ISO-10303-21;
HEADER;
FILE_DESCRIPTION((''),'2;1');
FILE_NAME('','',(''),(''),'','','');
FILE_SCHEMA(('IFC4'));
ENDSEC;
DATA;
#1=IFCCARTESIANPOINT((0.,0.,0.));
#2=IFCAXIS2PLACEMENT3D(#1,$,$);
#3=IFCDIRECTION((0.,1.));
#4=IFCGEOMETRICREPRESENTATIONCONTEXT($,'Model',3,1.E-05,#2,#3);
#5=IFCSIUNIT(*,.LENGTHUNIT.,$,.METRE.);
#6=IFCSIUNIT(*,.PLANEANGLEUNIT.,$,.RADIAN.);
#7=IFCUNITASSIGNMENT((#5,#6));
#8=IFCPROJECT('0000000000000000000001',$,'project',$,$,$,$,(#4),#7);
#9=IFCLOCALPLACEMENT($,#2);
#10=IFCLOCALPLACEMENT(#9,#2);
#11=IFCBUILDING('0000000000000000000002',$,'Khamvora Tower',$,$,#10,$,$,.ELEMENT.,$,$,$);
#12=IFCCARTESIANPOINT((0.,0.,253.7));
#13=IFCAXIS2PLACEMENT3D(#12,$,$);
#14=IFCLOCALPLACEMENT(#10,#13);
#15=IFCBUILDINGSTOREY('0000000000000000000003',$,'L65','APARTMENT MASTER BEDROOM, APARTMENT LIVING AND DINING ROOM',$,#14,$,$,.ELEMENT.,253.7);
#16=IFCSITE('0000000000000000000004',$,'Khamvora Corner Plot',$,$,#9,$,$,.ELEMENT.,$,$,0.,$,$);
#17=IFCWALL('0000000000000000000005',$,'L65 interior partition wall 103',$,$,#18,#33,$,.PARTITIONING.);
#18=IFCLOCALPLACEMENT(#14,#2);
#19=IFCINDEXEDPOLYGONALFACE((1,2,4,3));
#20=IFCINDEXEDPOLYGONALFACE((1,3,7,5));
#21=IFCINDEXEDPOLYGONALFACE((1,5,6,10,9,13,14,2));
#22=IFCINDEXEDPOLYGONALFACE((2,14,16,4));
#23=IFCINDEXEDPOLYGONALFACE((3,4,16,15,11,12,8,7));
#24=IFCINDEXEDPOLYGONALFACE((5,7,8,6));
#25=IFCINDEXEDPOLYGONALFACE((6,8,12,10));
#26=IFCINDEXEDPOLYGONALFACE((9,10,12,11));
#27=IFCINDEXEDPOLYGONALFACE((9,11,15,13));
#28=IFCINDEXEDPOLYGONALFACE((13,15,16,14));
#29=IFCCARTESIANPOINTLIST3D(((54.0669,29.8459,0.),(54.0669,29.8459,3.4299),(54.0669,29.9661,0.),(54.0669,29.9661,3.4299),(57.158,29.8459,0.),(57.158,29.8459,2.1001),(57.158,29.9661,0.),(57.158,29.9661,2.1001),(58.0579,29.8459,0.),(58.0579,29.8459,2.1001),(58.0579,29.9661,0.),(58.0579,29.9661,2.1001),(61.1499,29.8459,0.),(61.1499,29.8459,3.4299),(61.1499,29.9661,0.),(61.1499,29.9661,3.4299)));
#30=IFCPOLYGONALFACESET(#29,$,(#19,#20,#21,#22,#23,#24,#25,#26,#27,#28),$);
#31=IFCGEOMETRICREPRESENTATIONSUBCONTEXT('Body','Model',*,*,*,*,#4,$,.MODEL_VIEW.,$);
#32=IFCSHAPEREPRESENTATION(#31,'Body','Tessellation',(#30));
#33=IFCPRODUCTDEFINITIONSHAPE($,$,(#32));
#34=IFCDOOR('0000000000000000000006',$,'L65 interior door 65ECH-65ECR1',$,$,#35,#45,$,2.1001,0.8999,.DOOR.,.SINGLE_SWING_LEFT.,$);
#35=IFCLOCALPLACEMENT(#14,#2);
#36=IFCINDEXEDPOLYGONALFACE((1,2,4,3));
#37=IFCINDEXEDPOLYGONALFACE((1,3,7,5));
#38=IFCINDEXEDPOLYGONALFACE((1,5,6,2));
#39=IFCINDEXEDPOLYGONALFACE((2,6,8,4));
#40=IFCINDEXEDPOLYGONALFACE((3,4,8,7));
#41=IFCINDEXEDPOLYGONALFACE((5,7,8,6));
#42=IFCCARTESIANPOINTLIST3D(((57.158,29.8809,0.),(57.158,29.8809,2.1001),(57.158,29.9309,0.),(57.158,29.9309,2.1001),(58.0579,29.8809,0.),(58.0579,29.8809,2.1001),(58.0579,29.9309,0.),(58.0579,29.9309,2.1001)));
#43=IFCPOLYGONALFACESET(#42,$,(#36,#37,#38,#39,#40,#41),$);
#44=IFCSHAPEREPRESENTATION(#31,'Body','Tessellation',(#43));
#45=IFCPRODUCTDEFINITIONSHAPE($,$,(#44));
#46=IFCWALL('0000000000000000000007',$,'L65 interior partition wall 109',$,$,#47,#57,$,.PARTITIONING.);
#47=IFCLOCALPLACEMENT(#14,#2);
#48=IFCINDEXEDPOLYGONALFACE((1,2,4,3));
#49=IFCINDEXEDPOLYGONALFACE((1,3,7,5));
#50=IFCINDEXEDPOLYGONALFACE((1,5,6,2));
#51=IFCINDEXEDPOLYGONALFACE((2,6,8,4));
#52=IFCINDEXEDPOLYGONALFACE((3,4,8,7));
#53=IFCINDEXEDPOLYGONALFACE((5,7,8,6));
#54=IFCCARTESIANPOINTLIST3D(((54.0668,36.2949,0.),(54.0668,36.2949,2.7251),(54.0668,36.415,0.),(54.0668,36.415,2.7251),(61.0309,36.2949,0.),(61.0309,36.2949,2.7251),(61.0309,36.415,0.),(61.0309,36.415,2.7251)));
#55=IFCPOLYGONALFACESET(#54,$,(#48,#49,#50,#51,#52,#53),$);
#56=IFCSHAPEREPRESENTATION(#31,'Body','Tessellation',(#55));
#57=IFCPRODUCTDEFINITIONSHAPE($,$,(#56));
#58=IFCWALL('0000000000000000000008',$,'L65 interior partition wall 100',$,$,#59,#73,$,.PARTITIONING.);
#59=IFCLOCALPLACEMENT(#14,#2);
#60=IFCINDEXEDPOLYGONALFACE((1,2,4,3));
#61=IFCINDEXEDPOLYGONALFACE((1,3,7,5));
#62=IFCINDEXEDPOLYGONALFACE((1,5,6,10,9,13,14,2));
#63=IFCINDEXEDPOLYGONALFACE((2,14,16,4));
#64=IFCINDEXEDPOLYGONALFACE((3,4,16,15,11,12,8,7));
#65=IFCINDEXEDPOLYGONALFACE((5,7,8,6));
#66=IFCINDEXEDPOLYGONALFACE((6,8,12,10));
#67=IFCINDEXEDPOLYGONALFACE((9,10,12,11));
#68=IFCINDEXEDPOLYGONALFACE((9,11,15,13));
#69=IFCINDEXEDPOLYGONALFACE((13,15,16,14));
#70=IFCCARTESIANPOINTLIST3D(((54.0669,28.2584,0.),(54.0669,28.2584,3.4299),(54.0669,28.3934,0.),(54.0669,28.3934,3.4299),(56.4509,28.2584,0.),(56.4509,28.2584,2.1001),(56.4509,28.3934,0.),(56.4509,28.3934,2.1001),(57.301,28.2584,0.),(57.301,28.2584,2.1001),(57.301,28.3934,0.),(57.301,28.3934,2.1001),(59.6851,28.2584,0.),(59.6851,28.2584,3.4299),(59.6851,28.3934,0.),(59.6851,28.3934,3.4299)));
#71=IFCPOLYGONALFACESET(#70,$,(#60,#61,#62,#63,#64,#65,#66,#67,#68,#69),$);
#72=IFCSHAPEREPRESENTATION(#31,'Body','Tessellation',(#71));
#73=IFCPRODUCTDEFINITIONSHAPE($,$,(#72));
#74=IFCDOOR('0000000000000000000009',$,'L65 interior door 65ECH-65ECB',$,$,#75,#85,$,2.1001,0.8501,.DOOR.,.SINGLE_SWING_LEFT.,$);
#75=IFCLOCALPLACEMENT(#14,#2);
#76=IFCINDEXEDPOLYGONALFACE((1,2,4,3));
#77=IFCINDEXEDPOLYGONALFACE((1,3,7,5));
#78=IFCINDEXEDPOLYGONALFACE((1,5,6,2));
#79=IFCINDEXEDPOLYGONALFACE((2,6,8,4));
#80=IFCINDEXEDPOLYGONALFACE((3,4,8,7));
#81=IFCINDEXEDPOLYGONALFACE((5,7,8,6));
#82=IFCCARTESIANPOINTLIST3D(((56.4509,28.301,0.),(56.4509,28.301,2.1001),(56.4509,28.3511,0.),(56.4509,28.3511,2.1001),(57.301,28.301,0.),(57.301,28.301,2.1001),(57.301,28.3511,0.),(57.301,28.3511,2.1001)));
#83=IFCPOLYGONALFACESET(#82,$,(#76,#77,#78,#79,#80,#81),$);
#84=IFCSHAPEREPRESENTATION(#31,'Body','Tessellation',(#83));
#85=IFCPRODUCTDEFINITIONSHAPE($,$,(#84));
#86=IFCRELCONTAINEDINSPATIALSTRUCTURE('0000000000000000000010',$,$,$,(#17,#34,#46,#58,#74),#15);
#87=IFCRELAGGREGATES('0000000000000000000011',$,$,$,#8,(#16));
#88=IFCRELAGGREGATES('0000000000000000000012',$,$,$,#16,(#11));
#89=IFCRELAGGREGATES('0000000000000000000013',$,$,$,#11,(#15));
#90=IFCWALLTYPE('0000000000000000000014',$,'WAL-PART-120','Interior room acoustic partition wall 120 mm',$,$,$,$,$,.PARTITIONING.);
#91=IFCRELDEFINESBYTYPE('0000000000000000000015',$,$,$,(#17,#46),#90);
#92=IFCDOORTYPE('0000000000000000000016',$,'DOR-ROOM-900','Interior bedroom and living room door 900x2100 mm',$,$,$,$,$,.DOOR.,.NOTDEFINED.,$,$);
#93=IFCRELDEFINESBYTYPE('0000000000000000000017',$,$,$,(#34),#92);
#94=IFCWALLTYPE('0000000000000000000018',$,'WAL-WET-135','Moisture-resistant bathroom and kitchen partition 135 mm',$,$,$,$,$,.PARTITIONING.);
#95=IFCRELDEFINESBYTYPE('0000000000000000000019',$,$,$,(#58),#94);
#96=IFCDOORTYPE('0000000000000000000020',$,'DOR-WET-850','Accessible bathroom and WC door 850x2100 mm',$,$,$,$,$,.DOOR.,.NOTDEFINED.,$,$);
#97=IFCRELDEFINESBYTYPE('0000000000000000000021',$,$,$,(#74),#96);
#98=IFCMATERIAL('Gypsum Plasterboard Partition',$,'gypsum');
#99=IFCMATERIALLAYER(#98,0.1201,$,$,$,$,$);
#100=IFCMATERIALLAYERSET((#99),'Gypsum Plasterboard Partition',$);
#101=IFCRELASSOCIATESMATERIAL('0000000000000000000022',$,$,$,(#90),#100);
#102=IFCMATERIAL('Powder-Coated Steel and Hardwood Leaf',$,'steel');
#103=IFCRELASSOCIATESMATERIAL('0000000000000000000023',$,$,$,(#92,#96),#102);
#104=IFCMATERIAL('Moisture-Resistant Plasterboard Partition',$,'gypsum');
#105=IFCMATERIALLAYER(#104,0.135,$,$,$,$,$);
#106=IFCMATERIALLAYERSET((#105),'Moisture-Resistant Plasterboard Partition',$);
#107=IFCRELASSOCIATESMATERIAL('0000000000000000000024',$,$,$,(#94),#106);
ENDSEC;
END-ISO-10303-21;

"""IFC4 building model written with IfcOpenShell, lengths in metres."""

from ifc_helpers import new_model, si_unit, direction, frame, frame_2d, origin, place, context, subcontext, project, spatial, rectangle, extrude, material, layer, layer_set, type_object, element, fill, save


model = new_model("IFC4")

# Units and contexts
model_context = context("Model", 3, precision=1e-05, world=origin(), true_north=direction((0.0, 1.0)))
body_context = subcontext(model_context, "Body", "Model", "MODEL_VIEW")
ifc_project = project(units=[si_unit("LENGTHUNIT", "METRE"), si_unit("PLANEANGLEUNIT", "RADIAN")], contexts=[model_context])

# Site, building, storey
site_placement = place(None, origin())
site = spatial("IfcSite", under=ifc_project, at=site_placement, Name="Khamvora Corner Plot", CompositionType="ELEMENT", RefElevation=0.0)
building_placement = place(site_placement, origin())
building = spatial("IfcBuilding", under=site, at=building_placement, Name="Khamvora Tower", CompositionType="ELEMENT")
storey_placement = place(building_placement, frame((0.0, 0.0, 253.7)))
storey = spatial("IfcBuildingStorey", under=building, at=storey_placement, Name="L65", Description="APARTMENT MASTER BEDROOM, APARTMENT LIVING AND DINING ROOM", CompositionType="ELEMENT", Elevation=253.7)

# Shared definitions
ifc_material_1 = material(Name="Gypsum Plasterboard Partition", Category="gypsum")
ifc_layer_1 = layer(ifc_material_1, 0.1201)
ifc_layer_set_1 = layer_set([ifc_layer_1], Name="Gypsum Plasterboard Partition")
wall_type_1 = type_object("IfcWallType", Name="WAL-PART-120", Description="Interior room acoustic partition wall 120 mm", PredefinedType="PARTITIONING", material=ifc_layer_set_1)

# Wall, opening, door
ifc_material_2 = material(Name="Powder-Coated Steel and Hardwood Leaf", Category="steel")
door_type_1 = type_object("IfcDoorType", Name="DOR-ROOM-900", Description="Interior bedroom and living room door 900x2100 mm", OperationType="NOTDEFINED", PredefinedType="DOOR", material=ifc_material_2)
wall_1_placement = place(storey_placement, frame((54.0669, 29.906, 0.0), z_axis=(0.0, 0.0, 1.0), x_axis=(1.0, 0.0, 0.0)))
wall_1 = element("IfcWall", 1, at=wall_1_placement, inside=storey, type_object=wall_type_1, Name="L65 interior partition wall 103", PredefinedType="PARTITIONING", context=body_context, shape_type="SweptSolid", body=[
    extrude(rectangle(XDim=7.083, YDim=0.1201, at=frame_2d((3.5415, 0.0))), origin(), (0.0, 0.0, 1.0), 3.4299),
])
opening_1_placement = place(wall_1_placement, frame((3.0911, 0.0, 0.0)))
opening_1 = element("IfcOpeningElement", 2, at=opening_1_placement, cuts=wall_1, PredefinedType="OPENING", context=body_context, shape_type="SweptSolid", body=[
    extrude(rectangle(XDim=0.8999, YDim=2.1001, at=frame_2d((0.45, 1.05))), frame((0.0, 0.0701, 0.0), z_axis=(0.0, -1.0, 0.0), x_axis=(1.0, 0.0, 0.0)), (0.0, 0.0, 1.0), 0.1401),
])
door_1_placement = place(opening_1_placement, origin())
door_1 = element("IfcDoor", 3, at=door_1_placement, inside=storey, type_object=door_type_1, Name="L65 interior door 65ECH-65ECR1", OperationType="SINGLE_SWING_LEFT", OverallHeight=2.1001, OverallWidth=0.8999, PredefinedType="DOOR", context=body_context, shape_type="SweptSolid", body=[
    extrude(rectangle(XDim=0.8999, YDim=2.1001, at=frame_2d((0.45, 1.05))), frame((0.0, 0.0249, 0.0), z_axis=(0.0, -1.0, 0.0), x_axis=(1.0, 0.0, 0.0)), (0.0, 0.0, 1.0), 0.05),
])
fill(opening_1, door_1)

# Wall
wall_2_placement = place(storey_placement, frame((54.0669, 36.355, 0.0), z_axis=(0.0, 0.0, 1.0), x_axis=(1.0, 0.0, 0.0)))
element("IfcWall", 4, at=wall_2_placement, inside=storey, type_object=wall_type_1, Name="L65 interior partition wall 109", PredefinedType="PARTITIONING", context=body_context, shape_type="SweptSolid", body=[
    extrude(rectangle(XDim=6.9641, YDim=0.1201, at=frame_2d((3.4819, 0.0))), origin(), (0.0, 0.0, 1.0), 2.7251),
])

# Wall, opening, door
ifc_material_3 = material(Name="Moisture-Resistant Plasterboard Partition", Category="gypsum")
ifc_layer_2 = layer(ifc_material_3, 0.135)
ifc_layer_set_2 = layer_set([ifc_layer_2], Name="Moisture-Resistant Plasterboard Partition")
wall_type_2 = type_object("IfcWallType", Name="WAL-WET-135", Description="Moisture-resistant bathroom and kitchen partition 135 mm", PredefinedType="PARTITIONING", material=ifc_layer_set_2)
wall_3_placement = place(storey_placement, frame((59.6851, 28.3259, 0.0), z_axis=(0.0, 0.0, 1.0), x_axis=(-1.0, 0.0, 0.0)))
wall_3 = element("IfcWall", 5, at=wall_3_placement, inside=storey, type_object=wall_type_2, Name="L65 interior partition wall 100", PredefinedType="PARTITIONING", context=body_context, shape_type="SweptSolid", body=[
    extrude(rectangle(XDim=5.6182, YDim=0.135, at=frame_2d((2.8091, 0.0))), origin(), (0.0, 0.0, 1.0), 3.4299),
])
opening_2_placement = place(wall_3_placement, frame((2.384, 0.0, 0.0)))
opening_2 = element("IfcOpeningElement", 6, at=opening_2_placement, cuts=wall_3, PredefinedType="OPENING", context=body_context, shape_type="SweptSolid", body=[
    extrude(rectangle(XDim=0.8501, YDim=2.1001, at=frame_2d((0.425, 1.05))), frame((0.0, 0.0774, 0.0), z_axis=(0.0, -1.0, 0.0), x_axis=(1.0, 0.0, 0.0)), (0.0, 0.0, 1.0), 0.155),
])
door_type_2 = type_object("IfcDoorType", Name="DOR-WET-850", Description="Accessible bathroom and WC door 850x2100 mm", OperationType="NOTDEFINED", PredefinedType="DOOR", material=ifc_material_2)
door_2_placement = place(opening_2_placement, origin())
door_2 = element("IfcDoor", 7, at=door_2_placement, inside=storey, type_object=door_type_2, Name="L65 interior door 65ECH-65ECB", OperationType="SINGLE_SWING_LEFT", OverallHeight=2.1001, OverallWidth=0.8501, PredefinedType="DOOR", context=body_context, shape_type="SweptSolid", body=[
    extrude(rectangle(XDim=0.8501, YDim=2.1001, at=frame_2d((0.425, 1.05))), frame((0.0, 0.0249, 0.0), z_axis=(0.0, -1.0, 0.0), x_axis=(1.0, 0.0, 0.0)), (0.0, 0.0, 1.0), 0.05),
])
fill(opening_2, door_2)

save(model, "model.ifc")
